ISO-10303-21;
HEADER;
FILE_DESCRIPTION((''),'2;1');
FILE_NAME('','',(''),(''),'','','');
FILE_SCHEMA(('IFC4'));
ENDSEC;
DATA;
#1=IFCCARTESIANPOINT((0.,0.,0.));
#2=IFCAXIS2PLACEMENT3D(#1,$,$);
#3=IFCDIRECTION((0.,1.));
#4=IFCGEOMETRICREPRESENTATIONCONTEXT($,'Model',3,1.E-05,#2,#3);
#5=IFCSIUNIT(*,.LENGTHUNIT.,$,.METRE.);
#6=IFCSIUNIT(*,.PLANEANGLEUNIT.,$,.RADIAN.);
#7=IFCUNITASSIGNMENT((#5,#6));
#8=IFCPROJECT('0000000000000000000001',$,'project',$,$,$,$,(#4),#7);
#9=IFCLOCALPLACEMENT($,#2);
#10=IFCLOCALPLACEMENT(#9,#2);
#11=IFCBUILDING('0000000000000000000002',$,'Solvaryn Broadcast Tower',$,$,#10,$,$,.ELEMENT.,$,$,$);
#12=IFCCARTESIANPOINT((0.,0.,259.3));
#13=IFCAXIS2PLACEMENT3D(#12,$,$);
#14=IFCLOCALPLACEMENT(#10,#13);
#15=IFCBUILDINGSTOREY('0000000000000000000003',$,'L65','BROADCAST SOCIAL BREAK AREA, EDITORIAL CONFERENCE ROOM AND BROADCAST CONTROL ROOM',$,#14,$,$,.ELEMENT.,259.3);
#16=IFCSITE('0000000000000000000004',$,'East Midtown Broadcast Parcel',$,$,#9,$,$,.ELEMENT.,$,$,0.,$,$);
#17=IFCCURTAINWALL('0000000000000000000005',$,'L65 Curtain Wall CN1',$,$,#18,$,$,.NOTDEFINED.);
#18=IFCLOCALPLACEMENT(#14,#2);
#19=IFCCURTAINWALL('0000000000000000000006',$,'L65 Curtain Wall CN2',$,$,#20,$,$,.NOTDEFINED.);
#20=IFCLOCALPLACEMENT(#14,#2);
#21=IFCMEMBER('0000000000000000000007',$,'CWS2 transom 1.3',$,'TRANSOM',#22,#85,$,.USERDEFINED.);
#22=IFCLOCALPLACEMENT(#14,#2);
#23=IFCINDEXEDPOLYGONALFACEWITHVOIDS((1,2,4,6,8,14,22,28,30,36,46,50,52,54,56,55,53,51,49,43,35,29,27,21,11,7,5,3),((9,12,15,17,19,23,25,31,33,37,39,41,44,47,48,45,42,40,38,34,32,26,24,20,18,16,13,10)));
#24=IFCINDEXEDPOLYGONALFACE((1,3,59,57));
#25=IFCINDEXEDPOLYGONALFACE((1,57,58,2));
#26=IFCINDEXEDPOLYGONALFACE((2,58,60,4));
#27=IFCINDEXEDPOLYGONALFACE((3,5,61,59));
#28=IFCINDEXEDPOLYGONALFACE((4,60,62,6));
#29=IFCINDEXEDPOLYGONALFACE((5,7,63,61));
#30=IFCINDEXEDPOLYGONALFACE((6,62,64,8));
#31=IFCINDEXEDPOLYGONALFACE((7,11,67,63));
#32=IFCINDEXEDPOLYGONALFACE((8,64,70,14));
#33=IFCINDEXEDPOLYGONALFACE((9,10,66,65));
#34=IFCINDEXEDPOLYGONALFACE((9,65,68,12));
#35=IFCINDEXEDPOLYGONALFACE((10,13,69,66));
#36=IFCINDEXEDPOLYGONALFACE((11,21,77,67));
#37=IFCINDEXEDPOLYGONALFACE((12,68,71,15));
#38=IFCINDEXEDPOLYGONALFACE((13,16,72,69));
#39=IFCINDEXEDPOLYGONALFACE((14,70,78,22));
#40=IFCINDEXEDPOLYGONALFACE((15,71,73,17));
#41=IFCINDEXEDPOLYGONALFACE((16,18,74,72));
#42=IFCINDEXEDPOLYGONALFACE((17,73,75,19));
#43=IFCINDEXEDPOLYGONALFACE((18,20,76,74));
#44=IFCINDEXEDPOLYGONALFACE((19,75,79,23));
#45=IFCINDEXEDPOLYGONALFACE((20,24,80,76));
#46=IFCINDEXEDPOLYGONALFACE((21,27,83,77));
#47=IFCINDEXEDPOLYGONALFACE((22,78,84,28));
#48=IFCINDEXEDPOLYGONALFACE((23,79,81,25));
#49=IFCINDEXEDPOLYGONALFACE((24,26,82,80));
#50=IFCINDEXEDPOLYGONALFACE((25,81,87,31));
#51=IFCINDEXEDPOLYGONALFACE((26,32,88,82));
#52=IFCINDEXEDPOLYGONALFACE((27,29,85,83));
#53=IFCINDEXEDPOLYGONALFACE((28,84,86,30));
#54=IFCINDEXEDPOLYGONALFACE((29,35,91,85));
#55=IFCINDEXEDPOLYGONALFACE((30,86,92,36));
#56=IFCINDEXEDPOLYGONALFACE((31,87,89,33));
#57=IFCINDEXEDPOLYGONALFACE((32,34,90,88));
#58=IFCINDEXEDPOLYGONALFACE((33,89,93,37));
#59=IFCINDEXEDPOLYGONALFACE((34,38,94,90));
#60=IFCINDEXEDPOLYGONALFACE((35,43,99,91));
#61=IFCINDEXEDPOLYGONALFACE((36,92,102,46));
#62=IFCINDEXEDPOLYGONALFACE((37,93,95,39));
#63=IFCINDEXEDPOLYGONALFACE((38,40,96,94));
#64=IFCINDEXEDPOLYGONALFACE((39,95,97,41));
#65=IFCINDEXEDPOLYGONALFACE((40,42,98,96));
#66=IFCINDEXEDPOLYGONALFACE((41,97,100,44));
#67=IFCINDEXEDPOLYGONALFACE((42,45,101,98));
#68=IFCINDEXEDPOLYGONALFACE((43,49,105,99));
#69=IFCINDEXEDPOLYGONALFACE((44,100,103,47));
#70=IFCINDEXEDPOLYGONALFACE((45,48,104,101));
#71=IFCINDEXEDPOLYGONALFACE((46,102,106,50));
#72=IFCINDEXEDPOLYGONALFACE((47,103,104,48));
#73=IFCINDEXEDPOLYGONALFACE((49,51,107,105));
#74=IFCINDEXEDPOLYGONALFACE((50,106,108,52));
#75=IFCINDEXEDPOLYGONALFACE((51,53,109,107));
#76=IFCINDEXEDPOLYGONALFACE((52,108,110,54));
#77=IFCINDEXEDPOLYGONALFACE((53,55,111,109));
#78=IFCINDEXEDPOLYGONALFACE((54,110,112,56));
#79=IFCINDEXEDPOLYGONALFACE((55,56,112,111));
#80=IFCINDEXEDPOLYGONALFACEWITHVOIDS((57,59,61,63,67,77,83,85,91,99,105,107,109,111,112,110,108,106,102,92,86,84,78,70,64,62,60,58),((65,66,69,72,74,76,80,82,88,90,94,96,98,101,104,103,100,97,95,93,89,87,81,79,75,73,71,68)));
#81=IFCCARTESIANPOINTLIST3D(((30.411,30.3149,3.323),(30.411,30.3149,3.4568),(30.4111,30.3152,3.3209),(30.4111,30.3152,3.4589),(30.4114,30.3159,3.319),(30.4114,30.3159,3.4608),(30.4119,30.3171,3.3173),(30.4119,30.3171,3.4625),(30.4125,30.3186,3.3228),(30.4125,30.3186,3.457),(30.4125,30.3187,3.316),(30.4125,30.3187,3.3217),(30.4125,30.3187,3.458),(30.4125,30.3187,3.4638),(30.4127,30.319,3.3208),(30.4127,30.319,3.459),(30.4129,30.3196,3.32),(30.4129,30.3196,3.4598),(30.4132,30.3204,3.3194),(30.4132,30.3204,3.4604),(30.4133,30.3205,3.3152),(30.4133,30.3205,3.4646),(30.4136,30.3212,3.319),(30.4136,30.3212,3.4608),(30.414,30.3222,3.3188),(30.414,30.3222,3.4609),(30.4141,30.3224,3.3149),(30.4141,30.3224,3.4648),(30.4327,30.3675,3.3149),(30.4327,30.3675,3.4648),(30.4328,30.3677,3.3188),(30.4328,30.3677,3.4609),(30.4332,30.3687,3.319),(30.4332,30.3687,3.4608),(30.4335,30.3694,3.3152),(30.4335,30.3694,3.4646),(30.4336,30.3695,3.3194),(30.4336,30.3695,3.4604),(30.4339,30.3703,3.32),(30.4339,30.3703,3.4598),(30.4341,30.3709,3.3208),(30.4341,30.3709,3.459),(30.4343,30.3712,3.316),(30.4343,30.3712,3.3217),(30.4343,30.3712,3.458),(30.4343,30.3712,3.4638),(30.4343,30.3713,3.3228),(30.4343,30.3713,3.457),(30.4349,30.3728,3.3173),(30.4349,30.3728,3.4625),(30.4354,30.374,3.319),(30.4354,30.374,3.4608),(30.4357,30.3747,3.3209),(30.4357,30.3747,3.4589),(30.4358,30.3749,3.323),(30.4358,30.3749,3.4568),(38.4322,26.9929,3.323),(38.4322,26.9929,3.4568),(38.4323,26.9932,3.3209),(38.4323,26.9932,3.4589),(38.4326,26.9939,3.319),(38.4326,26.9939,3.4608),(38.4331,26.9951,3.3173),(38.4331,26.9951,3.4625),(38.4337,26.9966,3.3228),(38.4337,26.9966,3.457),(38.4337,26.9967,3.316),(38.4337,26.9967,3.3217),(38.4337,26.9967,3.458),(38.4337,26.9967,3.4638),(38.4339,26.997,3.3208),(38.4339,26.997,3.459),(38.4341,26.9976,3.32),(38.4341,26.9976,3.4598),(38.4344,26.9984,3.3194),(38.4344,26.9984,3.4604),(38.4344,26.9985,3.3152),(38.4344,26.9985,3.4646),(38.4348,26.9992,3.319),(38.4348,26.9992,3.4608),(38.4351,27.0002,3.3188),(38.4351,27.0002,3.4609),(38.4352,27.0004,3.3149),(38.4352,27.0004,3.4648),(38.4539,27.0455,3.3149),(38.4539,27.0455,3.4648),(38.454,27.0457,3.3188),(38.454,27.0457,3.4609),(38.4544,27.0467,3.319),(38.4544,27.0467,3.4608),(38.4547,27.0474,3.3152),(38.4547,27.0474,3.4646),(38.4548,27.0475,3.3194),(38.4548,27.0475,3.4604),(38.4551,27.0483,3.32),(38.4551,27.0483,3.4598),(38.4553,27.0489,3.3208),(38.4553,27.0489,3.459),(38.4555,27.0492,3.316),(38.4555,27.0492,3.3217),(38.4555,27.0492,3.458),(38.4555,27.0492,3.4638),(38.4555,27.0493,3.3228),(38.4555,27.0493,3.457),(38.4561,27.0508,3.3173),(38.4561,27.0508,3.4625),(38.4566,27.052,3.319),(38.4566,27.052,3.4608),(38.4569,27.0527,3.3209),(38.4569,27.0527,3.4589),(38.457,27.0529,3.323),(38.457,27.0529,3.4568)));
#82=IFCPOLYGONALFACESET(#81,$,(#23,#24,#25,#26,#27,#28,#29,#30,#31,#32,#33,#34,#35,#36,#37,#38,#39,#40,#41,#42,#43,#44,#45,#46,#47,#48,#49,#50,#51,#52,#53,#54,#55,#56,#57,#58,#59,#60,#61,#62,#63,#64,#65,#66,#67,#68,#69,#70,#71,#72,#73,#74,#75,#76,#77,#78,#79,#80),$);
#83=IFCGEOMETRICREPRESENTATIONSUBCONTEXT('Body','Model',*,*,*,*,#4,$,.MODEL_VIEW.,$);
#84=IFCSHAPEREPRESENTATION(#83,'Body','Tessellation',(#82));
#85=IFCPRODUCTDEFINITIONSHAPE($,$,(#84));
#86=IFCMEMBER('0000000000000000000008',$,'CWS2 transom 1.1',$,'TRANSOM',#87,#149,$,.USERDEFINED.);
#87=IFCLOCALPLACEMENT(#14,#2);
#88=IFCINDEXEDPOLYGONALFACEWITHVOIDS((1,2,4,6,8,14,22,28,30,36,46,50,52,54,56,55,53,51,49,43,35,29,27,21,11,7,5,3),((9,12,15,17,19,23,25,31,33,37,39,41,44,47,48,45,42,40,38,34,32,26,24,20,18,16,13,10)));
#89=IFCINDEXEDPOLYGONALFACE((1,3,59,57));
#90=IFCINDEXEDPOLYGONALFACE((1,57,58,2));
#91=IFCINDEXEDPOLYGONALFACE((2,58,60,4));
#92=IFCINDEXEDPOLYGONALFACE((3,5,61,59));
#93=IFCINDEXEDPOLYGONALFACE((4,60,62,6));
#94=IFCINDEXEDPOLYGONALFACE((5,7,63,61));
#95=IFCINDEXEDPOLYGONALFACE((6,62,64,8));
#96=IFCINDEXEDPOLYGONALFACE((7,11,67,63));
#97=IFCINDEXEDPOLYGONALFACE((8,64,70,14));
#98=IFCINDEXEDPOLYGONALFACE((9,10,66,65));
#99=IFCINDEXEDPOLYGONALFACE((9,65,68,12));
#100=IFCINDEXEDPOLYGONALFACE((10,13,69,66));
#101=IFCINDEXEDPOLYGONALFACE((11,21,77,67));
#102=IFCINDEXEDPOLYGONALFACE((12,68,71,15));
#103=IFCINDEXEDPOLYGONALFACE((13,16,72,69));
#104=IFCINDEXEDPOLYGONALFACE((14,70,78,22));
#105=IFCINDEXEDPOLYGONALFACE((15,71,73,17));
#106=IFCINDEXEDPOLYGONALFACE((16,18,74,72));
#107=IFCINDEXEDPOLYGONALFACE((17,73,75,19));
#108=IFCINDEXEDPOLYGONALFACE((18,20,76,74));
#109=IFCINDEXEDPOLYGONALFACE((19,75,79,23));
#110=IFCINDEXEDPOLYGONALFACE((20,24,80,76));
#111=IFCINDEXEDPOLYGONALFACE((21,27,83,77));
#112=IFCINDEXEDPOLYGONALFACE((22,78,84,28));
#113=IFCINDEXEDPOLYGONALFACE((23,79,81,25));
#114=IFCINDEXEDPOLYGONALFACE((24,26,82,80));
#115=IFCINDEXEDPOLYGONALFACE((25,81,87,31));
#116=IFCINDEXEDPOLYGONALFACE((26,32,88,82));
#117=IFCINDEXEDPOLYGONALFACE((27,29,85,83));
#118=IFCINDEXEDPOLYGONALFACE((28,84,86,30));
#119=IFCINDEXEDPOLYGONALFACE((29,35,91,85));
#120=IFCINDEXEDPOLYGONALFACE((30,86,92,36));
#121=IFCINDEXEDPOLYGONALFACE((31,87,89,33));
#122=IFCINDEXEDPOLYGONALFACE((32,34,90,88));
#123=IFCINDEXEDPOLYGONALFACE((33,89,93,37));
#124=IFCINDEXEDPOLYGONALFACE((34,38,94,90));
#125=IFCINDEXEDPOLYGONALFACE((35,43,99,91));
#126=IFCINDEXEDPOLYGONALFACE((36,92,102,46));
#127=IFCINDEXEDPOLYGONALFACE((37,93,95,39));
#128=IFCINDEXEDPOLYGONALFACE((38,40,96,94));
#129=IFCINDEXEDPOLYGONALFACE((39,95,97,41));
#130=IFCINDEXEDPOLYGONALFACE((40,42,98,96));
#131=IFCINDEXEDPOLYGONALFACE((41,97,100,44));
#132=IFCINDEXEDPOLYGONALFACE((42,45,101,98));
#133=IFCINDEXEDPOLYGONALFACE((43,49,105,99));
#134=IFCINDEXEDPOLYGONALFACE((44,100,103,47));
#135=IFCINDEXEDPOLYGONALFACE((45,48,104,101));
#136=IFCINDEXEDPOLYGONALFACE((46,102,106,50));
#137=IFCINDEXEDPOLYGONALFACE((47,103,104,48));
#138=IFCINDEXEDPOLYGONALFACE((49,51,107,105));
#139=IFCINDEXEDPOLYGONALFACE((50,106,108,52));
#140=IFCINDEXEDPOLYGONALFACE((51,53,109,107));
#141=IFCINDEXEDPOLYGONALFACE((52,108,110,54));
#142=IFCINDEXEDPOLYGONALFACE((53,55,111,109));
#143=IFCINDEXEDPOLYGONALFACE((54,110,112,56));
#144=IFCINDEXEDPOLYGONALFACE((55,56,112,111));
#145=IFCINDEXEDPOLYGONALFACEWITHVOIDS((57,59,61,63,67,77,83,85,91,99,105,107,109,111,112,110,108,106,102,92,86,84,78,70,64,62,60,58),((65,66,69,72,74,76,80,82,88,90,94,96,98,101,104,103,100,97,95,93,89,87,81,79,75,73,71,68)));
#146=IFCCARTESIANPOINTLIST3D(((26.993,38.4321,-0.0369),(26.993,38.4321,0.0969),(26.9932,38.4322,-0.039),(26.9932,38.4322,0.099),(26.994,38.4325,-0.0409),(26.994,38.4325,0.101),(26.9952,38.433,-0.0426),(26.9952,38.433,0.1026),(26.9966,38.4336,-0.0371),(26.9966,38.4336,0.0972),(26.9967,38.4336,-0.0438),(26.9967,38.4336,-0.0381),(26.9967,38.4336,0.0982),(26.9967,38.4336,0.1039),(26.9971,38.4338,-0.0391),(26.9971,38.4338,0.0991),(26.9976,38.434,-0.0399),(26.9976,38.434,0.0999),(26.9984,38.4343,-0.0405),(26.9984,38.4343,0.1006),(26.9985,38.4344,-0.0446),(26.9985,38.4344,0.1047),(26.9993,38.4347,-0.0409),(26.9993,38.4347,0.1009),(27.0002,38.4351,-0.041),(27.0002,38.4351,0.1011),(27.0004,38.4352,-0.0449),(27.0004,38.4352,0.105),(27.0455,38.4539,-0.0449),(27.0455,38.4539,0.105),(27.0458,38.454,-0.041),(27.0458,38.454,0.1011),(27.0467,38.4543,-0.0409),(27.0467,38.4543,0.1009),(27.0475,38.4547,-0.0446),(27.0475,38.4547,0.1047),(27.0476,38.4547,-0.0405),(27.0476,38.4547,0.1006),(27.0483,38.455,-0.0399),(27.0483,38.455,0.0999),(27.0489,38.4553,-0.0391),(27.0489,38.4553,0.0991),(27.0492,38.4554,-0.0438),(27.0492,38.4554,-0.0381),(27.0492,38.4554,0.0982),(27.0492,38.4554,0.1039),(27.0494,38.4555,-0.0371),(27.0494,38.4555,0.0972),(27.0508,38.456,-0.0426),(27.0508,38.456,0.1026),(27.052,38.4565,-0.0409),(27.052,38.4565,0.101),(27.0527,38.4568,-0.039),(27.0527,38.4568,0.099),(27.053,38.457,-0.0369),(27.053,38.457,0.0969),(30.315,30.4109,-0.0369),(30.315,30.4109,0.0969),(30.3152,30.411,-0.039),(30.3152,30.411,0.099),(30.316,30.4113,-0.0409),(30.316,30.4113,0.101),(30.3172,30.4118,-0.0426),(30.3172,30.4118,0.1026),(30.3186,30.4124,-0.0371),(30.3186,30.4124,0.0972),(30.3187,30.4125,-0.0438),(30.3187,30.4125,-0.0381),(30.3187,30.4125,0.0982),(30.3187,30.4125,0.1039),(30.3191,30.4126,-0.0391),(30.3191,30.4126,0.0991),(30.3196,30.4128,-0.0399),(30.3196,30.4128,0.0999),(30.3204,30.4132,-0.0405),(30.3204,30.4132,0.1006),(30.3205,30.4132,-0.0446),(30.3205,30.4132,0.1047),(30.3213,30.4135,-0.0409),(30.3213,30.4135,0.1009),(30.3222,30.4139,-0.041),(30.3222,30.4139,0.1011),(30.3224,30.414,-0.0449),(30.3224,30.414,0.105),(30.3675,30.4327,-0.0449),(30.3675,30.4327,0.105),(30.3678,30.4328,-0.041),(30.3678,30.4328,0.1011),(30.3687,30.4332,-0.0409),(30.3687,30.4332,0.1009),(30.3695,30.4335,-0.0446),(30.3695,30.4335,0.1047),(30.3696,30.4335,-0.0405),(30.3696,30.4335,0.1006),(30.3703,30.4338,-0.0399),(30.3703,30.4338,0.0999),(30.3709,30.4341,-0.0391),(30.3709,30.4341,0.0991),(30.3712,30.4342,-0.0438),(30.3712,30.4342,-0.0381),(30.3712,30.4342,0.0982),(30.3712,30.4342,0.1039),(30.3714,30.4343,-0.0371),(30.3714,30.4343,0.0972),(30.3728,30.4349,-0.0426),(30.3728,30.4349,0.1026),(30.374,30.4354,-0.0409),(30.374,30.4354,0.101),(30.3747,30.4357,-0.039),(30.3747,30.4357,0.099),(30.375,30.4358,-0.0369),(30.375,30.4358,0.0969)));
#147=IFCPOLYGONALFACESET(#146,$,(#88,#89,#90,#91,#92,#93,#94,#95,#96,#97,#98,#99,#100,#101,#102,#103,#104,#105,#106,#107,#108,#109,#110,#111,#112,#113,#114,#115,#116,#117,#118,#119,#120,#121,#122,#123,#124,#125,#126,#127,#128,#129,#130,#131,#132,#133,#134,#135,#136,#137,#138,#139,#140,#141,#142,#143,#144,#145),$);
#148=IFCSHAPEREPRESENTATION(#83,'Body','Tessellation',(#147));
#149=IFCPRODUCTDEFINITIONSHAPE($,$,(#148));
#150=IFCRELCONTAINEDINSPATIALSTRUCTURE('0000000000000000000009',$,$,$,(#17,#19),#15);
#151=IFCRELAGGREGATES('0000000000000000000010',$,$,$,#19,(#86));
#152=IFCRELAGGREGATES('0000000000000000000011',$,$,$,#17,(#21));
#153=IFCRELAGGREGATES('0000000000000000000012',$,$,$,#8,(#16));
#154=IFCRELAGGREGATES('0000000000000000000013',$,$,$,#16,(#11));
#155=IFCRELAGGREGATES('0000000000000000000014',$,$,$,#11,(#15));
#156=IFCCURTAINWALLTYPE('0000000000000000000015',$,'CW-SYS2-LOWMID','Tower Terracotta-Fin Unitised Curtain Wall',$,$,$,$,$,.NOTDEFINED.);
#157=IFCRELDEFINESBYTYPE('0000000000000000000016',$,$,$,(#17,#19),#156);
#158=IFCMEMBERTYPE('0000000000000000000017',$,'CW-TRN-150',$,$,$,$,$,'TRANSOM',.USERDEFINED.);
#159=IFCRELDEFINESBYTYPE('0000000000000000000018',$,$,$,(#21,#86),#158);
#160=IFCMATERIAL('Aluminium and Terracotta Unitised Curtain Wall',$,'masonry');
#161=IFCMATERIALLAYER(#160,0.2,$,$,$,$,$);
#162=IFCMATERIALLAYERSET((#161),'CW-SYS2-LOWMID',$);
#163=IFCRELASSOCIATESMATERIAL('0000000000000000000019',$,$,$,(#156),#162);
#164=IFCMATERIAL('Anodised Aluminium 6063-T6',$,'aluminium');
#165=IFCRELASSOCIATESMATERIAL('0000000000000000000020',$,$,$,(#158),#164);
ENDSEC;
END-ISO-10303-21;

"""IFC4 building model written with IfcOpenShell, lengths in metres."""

from ifc_helpers import new_model, si_unit, direction, frame, origin, origin_2d, place, context, subcontext, project, spatial, hollow_rectangle, extrude, material, layer, layer_set, material_profile, profile_set, type_object, element, aggregate, save


model = new_model("IFC4")

# Units and contexts
model_context = context("Model", 3, precision=1e-05, world=origin(), true_north=direction((0.0, 1.0)))
body_context = subcontext(model_context, "Body", "Model", "MODEL_VIEW")
ifc_project = project(units=[si_unit("LENGTHUNIT", "METRE"), si_unit("PLANEANGLEUNIT", "RADIAN")], contexts=[model_context])

# Site, building, storey
site_placement = place(None, origin())
site = spatial("IfcSite", under=ifc_project, at=site_placement, Name="East Midtown Broadcast Parcel", CompositionType="ELEMENT", RefElevation=0.0)
building_placement = place(site_placement, origin())
building = spatial("IfcBuilding", under=site, at=building_placement, Name="Solvaryn Broadcast Tower", CompositionType="ELEMENT")
storey_placement = place(building_placement, frame((0.0, 0.0, 259.3)))
storey = spatial("IfcBuildingStorey", under=building, at=storey_placement, Name="L65", Description="BROADCAST SOCIAL BREAK AREA, EDITORIAL CONFERENCE ROOM AND BROADCAST CONTROL ROOM", CompositionType="ELEMENT", Elevation=259.3)

# Curtain wall
ifc_material_1 = material(Name="Aluminium and Terracotta Unitised Curtain Wall", Category="masonry")
ifc_layer_1 = layer(ifc_material_1, 0.2)
ifc_layer_set_1 = layer_set([ifc_layer_1], Name="CW-SYS2-LOWMID")
curtain_wall_type = type_object("IfcCurtainWallType", Name="CW-SYS2-LOWMID", Description="Tower Terracotta-Fin Unitised Curtain Wall", PredefinedType="NOTDEFINED", material=ifc_layer_set_1)
curtain_wall_1_placement = place(storey_placement, origin())
curtain_wall_1 = element("IfcCurtainWall", 1, at=curtain_wall_1_placement, inside=storey, type_object=curtain_wall_type, Name="L65 Curtain Wall CN1", PredefinedType="NOTDEFINED")

# Curtain wall
curtain_wall_2_placement = place(storey_placement, origin())
curtain_wall_2 = element("IfcCurtainWall", 2, at=curtain_wall_2_placement, inside=storey, type_object=curtain_wall_type, Name="L65 Curtain Wall CN2", PredefinedType="NOTDEFINED")

# Members
ifc_material_2 = material(Name="Anodised Aluminium 6063-T6", Category="aluminium")
ifc_material_profile_1 = material_profile(ifc_material_2, hollow_rectangle(XDim=0.0649, YDim=0.1499, WallThickness=0.0039, InnerFilletRadius=0.0039, OuterFilletRadius=0.0081, at=origin_2d()))
ifc_profile_set_1 = profile_set([ifc_material_profile_1], Name="Anodised Aluminium 6063-T6")
member_type_1 = type_object("IfcMemberType", Name="CW-TRN-150", ElementType="TRANSOM", PredefinedType="USERDEFINED", material=ifc_profile_set_1)
member_1_placement = place(storey_placement, frame((38.4446, 27.0229, 3.3899), z_axis=(-0.923899, 0.382636, 0.0), x_axis=(-0.382636, -0.923899, 0.0)))
member_1 = element("IfcMember", 3, at=member_1_placement, type_object=member_type_1, Name="CWS2 transom 1.3", ObjectType="TRANSOM", PredefinedType="USERDEFINED", context=body_context, shape_type="SweptSolid", body=[
    extrude(hollow_rectangle(XDim=0.0649, YDim=0.1499, WallThickness=0.0039, InnerFilletRadius=0.0039, OuterFilletRadius=0.0081, at=origin_2d()), origin(), (0.0, 0.0, 1.0), 8.6819),
])
member_2_placement = place(storey_placement, frame((30.345, 30.4233, 0.03), z_axis=(-0.382636, 0.923899, 0.0), x_axis=(-0.923899, -0.382636, 0.0)))
member_2 = element("IfcMember", 4, at=member_2_placement, type_object=member_type_1, Name="CWS2 transom 1.1", ObjectType="TRANSOM", PredefinedType="USERDEFINED", context=body_context, shape_type="SweptSolid", body=[
    extrude(hollow_rectangle(XDim=0.0649, YDim=0.1499, WallThickness=0.0039, InnerFilletRadius=0.0039, OuterFilletRadius=0.0081, at=origin_2d()), origin(), (0.0, 0.0, 1.0), 8.6819),
])
aggregate(curtain_wall_2, [member_2])

aggregate(curtain_wall_1, [member_1])

save(model, "model.ifc")
